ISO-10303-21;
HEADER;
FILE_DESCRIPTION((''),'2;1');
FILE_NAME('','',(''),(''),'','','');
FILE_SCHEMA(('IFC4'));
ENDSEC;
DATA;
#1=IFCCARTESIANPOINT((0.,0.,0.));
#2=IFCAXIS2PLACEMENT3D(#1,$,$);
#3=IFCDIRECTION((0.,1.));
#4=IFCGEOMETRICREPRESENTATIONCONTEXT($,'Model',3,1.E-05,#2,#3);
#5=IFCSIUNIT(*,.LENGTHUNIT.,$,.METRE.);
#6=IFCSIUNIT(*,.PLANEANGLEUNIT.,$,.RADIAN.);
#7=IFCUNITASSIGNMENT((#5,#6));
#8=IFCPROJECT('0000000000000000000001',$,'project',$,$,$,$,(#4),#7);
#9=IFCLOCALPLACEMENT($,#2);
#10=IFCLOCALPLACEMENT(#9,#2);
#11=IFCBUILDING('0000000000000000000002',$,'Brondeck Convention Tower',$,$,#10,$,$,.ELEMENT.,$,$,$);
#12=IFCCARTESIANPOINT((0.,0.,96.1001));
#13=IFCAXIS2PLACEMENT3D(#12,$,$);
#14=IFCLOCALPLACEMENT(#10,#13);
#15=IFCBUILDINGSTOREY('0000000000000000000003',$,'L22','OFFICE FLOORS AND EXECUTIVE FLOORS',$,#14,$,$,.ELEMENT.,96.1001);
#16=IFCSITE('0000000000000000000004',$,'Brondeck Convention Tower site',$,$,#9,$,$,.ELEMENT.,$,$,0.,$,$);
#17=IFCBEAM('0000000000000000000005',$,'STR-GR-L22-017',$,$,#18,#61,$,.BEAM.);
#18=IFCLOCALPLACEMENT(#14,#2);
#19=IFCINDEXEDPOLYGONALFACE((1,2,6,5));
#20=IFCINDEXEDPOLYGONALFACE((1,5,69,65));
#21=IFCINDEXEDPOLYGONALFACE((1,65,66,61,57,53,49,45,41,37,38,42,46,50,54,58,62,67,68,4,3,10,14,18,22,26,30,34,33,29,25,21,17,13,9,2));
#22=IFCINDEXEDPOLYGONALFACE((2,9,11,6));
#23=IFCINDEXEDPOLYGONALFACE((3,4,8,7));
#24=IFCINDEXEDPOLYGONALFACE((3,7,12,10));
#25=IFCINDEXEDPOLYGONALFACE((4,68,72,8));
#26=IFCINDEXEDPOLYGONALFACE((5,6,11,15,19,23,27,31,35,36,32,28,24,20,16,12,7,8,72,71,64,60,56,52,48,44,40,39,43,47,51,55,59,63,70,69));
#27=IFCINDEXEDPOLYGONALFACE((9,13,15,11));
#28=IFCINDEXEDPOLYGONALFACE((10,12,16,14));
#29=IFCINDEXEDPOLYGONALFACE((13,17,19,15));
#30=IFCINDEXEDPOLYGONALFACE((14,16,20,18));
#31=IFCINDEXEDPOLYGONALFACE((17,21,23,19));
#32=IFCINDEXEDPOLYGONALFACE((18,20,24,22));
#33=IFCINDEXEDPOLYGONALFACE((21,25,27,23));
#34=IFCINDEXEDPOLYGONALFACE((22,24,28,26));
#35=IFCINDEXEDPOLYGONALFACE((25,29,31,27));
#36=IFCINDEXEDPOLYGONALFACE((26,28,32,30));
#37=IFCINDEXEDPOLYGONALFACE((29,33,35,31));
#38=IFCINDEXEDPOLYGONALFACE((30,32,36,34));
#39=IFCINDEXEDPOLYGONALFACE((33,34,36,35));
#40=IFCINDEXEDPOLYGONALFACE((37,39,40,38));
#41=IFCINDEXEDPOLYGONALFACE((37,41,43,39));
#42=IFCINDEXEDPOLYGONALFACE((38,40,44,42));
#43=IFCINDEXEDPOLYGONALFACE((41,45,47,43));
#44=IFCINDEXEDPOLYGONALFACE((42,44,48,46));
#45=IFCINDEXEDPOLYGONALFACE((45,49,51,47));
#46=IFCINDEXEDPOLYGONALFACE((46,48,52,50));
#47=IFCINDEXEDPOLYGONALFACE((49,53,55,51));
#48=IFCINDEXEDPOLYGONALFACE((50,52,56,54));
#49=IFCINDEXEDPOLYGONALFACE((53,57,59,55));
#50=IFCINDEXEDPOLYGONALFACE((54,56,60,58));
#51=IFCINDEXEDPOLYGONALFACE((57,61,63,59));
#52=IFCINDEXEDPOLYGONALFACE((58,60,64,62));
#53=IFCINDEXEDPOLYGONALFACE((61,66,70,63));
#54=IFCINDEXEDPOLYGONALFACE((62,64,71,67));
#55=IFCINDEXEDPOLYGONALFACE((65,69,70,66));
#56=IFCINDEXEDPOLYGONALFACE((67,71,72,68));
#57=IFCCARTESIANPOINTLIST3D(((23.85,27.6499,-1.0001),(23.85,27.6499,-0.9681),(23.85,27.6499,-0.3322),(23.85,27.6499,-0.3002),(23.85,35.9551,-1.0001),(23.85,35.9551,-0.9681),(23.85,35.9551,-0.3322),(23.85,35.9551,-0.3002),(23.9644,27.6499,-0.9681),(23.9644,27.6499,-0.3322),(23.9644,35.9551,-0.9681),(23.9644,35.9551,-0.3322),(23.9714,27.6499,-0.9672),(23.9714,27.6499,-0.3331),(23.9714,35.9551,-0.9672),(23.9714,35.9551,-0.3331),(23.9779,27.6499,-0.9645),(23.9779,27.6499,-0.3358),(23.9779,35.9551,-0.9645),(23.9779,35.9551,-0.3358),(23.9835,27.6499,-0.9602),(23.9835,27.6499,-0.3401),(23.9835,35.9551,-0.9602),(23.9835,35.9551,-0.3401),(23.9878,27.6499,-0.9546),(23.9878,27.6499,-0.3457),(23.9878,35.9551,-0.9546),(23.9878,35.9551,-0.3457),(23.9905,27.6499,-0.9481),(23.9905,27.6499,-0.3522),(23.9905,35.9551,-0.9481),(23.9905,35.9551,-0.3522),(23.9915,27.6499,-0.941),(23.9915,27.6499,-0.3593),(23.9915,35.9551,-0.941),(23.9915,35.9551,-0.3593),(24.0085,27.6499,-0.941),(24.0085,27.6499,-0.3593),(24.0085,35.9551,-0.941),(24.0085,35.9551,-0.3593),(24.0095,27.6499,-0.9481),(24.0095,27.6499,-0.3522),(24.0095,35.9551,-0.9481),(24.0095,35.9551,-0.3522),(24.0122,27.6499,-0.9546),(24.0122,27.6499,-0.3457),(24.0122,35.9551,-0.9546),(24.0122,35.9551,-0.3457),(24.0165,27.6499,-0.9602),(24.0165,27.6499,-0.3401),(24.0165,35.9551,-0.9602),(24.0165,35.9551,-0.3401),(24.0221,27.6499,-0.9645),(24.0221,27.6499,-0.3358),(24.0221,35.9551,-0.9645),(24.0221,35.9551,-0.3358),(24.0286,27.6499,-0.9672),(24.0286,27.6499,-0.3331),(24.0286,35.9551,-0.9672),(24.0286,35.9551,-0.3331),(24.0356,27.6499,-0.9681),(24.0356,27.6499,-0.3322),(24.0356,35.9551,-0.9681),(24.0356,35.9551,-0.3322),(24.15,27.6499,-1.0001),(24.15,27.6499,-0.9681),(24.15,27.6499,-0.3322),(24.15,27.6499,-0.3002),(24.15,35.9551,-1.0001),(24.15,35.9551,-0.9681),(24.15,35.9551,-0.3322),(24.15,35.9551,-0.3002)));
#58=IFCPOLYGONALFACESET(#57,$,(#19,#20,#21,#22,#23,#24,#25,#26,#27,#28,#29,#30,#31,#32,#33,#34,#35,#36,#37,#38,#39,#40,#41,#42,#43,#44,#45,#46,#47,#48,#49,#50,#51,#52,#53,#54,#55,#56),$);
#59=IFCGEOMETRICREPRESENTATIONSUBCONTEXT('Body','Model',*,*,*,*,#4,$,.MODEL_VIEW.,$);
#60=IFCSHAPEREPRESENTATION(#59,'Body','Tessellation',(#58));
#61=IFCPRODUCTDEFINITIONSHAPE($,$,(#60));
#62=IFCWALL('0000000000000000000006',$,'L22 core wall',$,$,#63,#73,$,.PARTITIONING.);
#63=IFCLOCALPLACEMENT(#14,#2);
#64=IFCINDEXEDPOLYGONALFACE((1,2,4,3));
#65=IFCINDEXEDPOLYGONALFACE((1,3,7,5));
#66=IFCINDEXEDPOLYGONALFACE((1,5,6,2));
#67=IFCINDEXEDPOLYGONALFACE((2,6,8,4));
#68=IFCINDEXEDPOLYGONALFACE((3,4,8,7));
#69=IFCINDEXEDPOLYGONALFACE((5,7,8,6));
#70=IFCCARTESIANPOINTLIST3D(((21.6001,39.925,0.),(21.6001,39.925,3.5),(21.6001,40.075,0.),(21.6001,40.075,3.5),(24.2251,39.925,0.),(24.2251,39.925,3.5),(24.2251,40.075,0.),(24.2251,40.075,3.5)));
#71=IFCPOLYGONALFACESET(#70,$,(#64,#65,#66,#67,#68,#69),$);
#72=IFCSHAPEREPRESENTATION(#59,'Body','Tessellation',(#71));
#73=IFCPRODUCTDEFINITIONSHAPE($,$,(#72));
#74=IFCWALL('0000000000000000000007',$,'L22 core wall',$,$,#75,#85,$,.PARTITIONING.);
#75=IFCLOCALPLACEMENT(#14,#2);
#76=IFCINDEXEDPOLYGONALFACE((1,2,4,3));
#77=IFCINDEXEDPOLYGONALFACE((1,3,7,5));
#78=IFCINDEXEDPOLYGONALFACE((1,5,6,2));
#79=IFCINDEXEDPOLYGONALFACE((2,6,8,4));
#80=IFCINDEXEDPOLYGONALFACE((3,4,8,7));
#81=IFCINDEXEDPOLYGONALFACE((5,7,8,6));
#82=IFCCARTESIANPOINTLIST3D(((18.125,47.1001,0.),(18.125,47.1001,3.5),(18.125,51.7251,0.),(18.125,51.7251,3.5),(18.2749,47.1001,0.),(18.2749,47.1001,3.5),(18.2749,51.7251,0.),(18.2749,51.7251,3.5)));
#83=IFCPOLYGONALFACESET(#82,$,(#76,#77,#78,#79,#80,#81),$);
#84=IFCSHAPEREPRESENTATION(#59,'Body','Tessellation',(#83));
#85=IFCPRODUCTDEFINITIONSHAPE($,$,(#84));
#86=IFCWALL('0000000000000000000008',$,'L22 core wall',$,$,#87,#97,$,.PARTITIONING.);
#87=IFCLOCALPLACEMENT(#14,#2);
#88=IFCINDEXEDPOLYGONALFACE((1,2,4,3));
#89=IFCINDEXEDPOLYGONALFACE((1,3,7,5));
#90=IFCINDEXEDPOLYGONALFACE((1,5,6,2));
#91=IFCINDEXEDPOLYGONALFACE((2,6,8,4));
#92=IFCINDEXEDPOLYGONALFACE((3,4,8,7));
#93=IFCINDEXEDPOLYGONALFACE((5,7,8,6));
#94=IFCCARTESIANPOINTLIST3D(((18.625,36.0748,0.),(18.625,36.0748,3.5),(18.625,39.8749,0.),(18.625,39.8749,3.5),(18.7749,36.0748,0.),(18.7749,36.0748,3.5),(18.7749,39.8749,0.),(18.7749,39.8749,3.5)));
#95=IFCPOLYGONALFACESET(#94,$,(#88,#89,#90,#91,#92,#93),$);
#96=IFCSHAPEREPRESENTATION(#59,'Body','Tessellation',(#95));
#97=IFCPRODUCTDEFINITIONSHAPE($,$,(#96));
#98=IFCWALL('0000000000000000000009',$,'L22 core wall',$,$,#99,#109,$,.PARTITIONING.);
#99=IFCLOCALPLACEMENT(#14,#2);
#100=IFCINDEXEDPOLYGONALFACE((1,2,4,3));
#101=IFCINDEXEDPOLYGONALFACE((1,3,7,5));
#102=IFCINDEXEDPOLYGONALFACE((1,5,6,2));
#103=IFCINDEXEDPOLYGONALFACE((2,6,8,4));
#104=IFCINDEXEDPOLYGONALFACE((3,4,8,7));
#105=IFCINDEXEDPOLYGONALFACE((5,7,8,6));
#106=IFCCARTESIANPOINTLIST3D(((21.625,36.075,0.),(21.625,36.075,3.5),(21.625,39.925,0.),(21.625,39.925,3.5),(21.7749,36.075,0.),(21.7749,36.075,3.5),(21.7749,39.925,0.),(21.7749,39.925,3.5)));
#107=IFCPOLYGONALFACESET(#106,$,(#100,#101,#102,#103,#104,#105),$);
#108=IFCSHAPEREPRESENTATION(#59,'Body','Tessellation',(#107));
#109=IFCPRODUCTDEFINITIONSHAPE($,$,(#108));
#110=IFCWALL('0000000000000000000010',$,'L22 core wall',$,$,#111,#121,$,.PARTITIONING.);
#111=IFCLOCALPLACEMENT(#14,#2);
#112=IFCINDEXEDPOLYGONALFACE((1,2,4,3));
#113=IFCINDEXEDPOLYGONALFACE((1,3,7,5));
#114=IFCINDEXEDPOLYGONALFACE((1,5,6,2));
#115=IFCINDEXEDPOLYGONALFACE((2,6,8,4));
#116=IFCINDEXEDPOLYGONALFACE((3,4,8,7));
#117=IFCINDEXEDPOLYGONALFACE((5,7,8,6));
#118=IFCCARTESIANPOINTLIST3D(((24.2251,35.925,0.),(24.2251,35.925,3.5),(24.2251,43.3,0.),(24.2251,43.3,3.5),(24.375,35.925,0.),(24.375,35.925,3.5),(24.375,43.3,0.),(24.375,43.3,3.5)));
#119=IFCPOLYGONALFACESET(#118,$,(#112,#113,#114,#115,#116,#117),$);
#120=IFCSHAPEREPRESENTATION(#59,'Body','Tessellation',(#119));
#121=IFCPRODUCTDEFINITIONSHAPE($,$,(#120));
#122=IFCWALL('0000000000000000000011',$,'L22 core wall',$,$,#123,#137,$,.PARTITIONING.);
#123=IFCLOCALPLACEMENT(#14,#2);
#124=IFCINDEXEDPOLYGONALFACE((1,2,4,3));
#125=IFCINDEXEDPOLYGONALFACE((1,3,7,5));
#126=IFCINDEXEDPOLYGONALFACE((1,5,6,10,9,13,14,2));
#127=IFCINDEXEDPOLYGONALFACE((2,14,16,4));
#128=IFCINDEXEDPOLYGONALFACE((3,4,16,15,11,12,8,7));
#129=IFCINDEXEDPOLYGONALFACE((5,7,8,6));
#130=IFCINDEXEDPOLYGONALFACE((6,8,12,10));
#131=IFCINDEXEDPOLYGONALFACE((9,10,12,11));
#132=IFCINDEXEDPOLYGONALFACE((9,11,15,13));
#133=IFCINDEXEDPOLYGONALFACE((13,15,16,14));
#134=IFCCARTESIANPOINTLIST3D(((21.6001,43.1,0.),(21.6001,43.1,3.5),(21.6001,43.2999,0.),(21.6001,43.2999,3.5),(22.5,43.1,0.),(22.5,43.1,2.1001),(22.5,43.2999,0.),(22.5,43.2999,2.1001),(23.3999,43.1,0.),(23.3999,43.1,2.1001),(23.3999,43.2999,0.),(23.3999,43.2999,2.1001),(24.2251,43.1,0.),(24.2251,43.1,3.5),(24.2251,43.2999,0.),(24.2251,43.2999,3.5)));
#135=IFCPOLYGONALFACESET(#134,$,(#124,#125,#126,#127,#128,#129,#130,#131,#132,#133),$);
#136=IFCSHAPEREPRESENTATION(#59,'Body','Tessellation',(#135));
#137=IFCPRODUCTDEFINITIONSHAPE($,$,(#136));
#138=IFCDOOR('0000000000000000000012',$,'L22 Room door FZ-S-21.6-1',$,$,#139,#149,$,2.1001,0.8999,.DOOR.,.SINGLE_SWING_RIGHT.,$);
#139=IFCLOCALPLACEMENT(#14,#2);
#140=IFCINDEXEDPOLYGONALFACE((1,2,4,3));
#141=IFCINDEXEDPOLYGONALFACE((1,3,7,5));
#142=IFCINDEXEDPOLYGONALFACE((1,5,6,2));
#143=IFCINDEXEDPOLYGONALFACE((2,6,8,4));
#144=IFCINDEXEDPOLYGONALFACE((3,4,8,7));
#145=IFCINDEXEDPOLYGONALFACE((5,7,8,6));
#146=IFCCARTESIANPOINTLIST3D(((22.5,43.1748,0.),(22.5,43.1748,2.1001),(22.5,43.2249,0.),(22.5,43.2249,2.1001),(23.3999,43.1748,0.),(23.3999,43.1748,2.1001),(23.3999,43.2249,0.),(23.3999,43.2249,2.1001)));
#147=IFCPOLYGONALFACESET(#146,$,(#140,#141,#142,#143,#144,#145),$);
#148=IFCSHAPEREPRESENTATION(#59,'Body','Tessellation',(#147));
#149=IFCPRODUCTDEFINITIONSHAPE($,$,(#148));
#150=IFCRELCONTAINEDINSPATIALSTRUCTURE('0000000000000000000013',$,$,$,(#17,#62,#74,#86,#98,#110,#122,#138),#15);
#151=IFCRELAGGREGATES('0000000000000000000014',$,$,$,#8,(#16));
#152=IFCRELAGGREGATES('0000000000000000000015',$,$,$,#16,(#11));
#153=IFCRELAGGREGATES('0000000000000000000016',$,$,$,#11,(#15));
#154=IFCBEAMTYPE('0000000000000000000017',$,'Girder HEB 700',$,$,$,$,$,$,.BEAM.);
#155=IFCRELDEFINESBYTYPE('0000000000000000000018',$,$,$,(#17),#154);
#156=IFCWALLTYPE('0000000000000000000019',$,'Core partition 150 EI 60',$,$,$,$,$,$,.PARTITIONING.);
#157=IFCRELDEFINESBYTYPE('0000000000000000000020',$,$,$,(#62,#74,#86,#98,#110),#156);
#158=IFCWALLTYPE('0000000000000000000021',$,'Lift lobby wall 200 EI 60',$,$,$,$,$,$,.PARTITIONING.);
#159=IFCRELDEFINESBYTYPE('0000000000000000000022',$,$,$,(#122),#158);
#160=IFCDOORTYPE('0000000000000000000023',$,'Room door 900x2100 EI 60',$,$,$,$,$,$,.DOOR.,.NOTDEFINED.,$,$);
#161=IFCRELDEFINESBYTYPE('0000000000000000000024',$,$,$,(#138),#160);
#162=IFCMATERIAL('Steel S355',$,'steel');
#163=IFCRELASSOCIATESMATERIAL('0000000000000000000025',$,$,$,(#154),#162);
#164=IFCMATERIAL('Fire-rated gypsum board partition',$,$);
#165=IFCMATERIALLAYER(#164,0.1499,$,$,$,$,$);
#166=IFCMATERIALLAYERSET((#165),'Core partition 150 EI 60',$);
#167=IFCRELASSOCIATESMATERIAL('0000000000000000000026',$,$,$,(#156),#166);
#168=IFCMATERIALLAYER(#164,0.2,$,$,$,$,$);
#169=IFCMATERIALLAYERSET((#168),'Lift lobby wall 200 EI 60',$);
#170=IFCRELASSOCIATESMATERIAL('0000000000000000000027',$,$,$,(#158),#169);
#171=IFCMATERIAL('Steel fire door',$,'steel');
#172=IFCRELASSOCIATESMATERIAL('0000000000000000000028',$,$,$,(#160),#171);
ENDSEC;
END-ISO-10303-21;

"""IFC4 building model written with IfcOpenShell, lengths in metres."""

from ifc_helpers import new_model, si_unit, direction, frame, frame_2d, origin, origin_2d, place, context, subcontext, project, spatial, rectangle, i_section, extrude, material, layer, layer_set, material_profile, profile_set, type_object, element, fill, save


model = new_model("IFC4")

# Units and contexts
model_context = context("Model", 3, precision=1e-05, world=origin(), true_north=direction((0.0, 1.0)))
body_context = subcontext(model_context, "Body", "Model", "MODEL_VIEW")
ifc_project = project(units=[si_unit("LENGTHUNIT", "METRE"), si_unit("PLANEANGLEUNIT", "RADIAN")], contexts=[model_context])

# Site, building, storey
site_placement = place(None, origin())
site = spatial("IfcSite", under=ifc_project, at=site_placement, Name="Brondeck Convention Tower site", CompositionType="ELEMENT", RefElevation=0.0)
building_placement = place(site_placement, origin())
building = spatial("IfcBuilding", under=site, at=building_placement, Name="Brondeck Convention Tower", CompositionType="ELEMENT")
storey_placement = place(building_placement, frame((0.0, 0.0, 96.1001)))
storey = spatial("IfcBuildingStorey", under=building, at=storey_placement, Name="L22", Description="OFFICE FLOORS AND EXECUTIVE FLOORS", CompositionType="ELEMENT", Elevation=96.1001)

# Beam
ifc_material_1 = material(Name="Steel S355", Category="steel")
ifc_material_profile = material_profile(ifc_material_1, i_section(OverallWidth=0.3, OverallDepth=0.7, WebThickness=0.0171, FlangeThickness=0.032, FilletRadius=0.0271, at=origin_2d()), Name="HEB 700")
ifc_profile_set = profile_set([ifc_material_profile], Name="Steel S355")
beam_type = type_object("IfcBeamType", Name="Girder HEB 700", PredefinedType="BEAM", material=ifc_profile_set)
beam_placement = place(storey_placement, frame((24.0, 35.9551, -0.6501), z_axis=(0.0, -1.0, 0.0), x_axis=(1.0, 0.0, 0.0)))
element("IfcBeam", 1, at=beam_placement, inside=storey, type_object=beam_type, Name="STR-GR-L22-017", PredefinedType="BEAM", context=body_context, shape_type="SweptSolid", body=[
    extrude(i_section(OverallWidth=0.3, OverallDepth=0.7, WebThickness=0.0171, FlangeThickness=0.032, FilletRadius=0.0271, at=origin_2d()), origin(), (0.0, 0.0, 1.0), 8.3052),
])

# Walls
ifc_material_2 = material(Name="Fire-rated gypsum board partition")
ifc_layer_1 = layer(ifc_material_2, 0.1499)
ifc_layer_set_1 = layer_set([ifc_layer_1], Name="Core partition 150 EI 60")
wall_type_1 = type_object("IfcWallType", Name="Core partition 150 EI 60", PredefinedType="PARTITIONING", material=ifc_layer_set_1)
wall_1_placement = place(storey_placement, frame((21.6001, 40.0, 0.0), z_axis=(0.0, 0.0, 1.0), x_axis=(1.0, 0.0, 0.0)))
element("IfcWall", 2, at=wall_1_placement, inside=storey, type_object=wall_type_1, Name="L22 core wall", PredefinedType="PARTITIONING", context=body_context, shape_type="SweptSolid", body=[
    extrude(rectangle(XDim=2.625, YDim=0.1499, at=frame_2d((1.3125, 0.0))), origin(), (0.0, 0.0, 1.0), 3.5),
])
wall_2_placement = place(storey_placement, frame((18.2, 47.1001, 0.0), z_axis=(0.0, 0.0, 1.0), x_axis=(0.0, 1.0, 0.0)))
element("IfcWall", 3, at=wall_2_placement, inside=storey, type_object=wall_type_1, Name="L22 core wall", PredefinedType="PARTITIONING", context=body_context, shape_type="SweptSolid", body=[
    extrude(rectangle(XDim=4.625, YDim=0.1499, at=frame_2d((2.3125, 0.0))), origin(), (0.0, 0.0, 1.0), 3.5),
])
wall_3_placement = place(storey_placement, frame((18.7, 36.075, 0.0), z_axis=(0.0, 0.0, 1.0), x_axis=(0.0, 1.0, 0.0)))
element("IfcWall", 4, at=wall_3_placement, inside=storey, type_object=wall_type_1, Name="L22 core wall", PredefinedType="PARTITIONING", context=body_context, shape_type="SweptSolid", body=[
    extrude(rectangle(XDim=3.8, YDim=0.1499, at=frame_2d((1.8999, 0.0))), origin(), (0.0, 0.0, 1.0), 3.5),
])
wall_4_placement = place(storey_placement, frame((21.7, 36.075, 0.0), z_axis=(0.0, 0.0, 1.0), x_axis=(0.0, 1.0, 0.0)))
element("IfcWall", 5, at=wall_4_placement, inside=storey, type_object=wall_type_1, Name="L22 core wall", PredefinedType="PARTITIONING", context=body_context, shape_type="SweptSolid", body=[
    extrude(rectangle(XDim=3.8501, YDim=0.1499, at=frame_2d((1.925, 0.0))), origin(), (0.0, 0.0, 1.0), 3.5),
])
wall_5_placement = place(storey_placement, frame((24.3, 35.925, 0.0), z_axis=(0.0, 0.0, 1.0), x_axis=(0.0, 1.0, 0.0)))
element("IfcWall", 6, at=wall_5_placement, inside=storey, type_object=wall_type_1, Name="L22 core wall", PredefinedType="PARTITIONING", context=body_context, shape_type="SweptSolid", body=[
    extrude(rectangle(XDim=7.375, YDim=0.1499, at=frame_2d((3.6875, 0.0))), origin(), (0.0, 0.0, 1.0), 3.5),
])

# Wall, opening, door
ifc_layer_2 = layer(ifc_material_2, 0.2)
ifc_layer_set_2 = layer_set([ifc_layer_2], Name="Lift lobby wall 200 EI 60")
wall_type_2 = type_object("IfcWallType", Name="Lift lobby wall 200 EI 60", PredefinedType="PARTITIONING", material=ifc_layer_set_2)
wall_6_placement = place(storey_placement, frame((21.6001, 43.2, 0.0), z_axis=(0.0, 0.0, 1.0), x_axis=(1.0, 0.0, 0.0)))
wall_6 = element("IfcWall", 7, at=wall_6_placement, inside=storey, type_object=wall_type_2, Name="L22 core wall", PredefinedType="PARTITIONING", context=body_context, shape_type="SweptSolid", body=[
    extrude(rectangle(XDim=2.625, YDim=0.2, at=frame_2d((1.3125, 0.0))), origin(), (0.0, 0.0, 1.0), 3.5),
])
opening_1_placement = place(wall_6_placement, frame((0.8999, 0.0, 0.0)))
opening_1 = element("IfcOpeningElement", 8, at=opening_1_placement, cuts=wall_6, PredefinedType="OPENING", context=body_context, shape_type="SweptSolid", body=[
    extrude(rectangle(XDim=0.8999, YDim=2.1001, at=frame_2d((0.45, 1.05))), frame((0.0, 0.1099, 0.0), z_axis=(0.0, -1.0, 0.0), x_axis=(1.0, 0.0, 0.0)), (0.0, 0.0, 1.0), 0.22),
])
ifc_material_3 = material(Name="Steel fire door", Category="steel")
door_type_1 = type_object("IfcDoorType", Name="Room door 900x2100 EI 60", OperationType="NOTDEFINED", PredefinedType="DOOR", material=ifc_material_3)
door_1_placement = place(opening_1_placement, origin())
door_1 = element("IfcDoor", 9, at=door_1_placement, inside=storey, type_object=door_type_1, Name="L22 Room door FZ-S-21.6-1", OperationType="SINGLE_SWING_RIGHT", OverallHeight=2.1001, OverallWidth=0.8999, PredefinedType="DOOR", context=body_context, shape_type="SweptSolid", body=[
    extrude(rectangle(XDim=0.8999, YDim=2.1001, at=frame_2d((0.45, 1.05))), frame((0.0, 0.0249, 0.0), z_axis=(0.0, -1.0, 0.0), x_axis=(1.0, 0.0, 0.0)), (0.0, 0.0, 1.0), 0.05),
])
fill(opening_1, door_1)

save(model, "model.ifc")
